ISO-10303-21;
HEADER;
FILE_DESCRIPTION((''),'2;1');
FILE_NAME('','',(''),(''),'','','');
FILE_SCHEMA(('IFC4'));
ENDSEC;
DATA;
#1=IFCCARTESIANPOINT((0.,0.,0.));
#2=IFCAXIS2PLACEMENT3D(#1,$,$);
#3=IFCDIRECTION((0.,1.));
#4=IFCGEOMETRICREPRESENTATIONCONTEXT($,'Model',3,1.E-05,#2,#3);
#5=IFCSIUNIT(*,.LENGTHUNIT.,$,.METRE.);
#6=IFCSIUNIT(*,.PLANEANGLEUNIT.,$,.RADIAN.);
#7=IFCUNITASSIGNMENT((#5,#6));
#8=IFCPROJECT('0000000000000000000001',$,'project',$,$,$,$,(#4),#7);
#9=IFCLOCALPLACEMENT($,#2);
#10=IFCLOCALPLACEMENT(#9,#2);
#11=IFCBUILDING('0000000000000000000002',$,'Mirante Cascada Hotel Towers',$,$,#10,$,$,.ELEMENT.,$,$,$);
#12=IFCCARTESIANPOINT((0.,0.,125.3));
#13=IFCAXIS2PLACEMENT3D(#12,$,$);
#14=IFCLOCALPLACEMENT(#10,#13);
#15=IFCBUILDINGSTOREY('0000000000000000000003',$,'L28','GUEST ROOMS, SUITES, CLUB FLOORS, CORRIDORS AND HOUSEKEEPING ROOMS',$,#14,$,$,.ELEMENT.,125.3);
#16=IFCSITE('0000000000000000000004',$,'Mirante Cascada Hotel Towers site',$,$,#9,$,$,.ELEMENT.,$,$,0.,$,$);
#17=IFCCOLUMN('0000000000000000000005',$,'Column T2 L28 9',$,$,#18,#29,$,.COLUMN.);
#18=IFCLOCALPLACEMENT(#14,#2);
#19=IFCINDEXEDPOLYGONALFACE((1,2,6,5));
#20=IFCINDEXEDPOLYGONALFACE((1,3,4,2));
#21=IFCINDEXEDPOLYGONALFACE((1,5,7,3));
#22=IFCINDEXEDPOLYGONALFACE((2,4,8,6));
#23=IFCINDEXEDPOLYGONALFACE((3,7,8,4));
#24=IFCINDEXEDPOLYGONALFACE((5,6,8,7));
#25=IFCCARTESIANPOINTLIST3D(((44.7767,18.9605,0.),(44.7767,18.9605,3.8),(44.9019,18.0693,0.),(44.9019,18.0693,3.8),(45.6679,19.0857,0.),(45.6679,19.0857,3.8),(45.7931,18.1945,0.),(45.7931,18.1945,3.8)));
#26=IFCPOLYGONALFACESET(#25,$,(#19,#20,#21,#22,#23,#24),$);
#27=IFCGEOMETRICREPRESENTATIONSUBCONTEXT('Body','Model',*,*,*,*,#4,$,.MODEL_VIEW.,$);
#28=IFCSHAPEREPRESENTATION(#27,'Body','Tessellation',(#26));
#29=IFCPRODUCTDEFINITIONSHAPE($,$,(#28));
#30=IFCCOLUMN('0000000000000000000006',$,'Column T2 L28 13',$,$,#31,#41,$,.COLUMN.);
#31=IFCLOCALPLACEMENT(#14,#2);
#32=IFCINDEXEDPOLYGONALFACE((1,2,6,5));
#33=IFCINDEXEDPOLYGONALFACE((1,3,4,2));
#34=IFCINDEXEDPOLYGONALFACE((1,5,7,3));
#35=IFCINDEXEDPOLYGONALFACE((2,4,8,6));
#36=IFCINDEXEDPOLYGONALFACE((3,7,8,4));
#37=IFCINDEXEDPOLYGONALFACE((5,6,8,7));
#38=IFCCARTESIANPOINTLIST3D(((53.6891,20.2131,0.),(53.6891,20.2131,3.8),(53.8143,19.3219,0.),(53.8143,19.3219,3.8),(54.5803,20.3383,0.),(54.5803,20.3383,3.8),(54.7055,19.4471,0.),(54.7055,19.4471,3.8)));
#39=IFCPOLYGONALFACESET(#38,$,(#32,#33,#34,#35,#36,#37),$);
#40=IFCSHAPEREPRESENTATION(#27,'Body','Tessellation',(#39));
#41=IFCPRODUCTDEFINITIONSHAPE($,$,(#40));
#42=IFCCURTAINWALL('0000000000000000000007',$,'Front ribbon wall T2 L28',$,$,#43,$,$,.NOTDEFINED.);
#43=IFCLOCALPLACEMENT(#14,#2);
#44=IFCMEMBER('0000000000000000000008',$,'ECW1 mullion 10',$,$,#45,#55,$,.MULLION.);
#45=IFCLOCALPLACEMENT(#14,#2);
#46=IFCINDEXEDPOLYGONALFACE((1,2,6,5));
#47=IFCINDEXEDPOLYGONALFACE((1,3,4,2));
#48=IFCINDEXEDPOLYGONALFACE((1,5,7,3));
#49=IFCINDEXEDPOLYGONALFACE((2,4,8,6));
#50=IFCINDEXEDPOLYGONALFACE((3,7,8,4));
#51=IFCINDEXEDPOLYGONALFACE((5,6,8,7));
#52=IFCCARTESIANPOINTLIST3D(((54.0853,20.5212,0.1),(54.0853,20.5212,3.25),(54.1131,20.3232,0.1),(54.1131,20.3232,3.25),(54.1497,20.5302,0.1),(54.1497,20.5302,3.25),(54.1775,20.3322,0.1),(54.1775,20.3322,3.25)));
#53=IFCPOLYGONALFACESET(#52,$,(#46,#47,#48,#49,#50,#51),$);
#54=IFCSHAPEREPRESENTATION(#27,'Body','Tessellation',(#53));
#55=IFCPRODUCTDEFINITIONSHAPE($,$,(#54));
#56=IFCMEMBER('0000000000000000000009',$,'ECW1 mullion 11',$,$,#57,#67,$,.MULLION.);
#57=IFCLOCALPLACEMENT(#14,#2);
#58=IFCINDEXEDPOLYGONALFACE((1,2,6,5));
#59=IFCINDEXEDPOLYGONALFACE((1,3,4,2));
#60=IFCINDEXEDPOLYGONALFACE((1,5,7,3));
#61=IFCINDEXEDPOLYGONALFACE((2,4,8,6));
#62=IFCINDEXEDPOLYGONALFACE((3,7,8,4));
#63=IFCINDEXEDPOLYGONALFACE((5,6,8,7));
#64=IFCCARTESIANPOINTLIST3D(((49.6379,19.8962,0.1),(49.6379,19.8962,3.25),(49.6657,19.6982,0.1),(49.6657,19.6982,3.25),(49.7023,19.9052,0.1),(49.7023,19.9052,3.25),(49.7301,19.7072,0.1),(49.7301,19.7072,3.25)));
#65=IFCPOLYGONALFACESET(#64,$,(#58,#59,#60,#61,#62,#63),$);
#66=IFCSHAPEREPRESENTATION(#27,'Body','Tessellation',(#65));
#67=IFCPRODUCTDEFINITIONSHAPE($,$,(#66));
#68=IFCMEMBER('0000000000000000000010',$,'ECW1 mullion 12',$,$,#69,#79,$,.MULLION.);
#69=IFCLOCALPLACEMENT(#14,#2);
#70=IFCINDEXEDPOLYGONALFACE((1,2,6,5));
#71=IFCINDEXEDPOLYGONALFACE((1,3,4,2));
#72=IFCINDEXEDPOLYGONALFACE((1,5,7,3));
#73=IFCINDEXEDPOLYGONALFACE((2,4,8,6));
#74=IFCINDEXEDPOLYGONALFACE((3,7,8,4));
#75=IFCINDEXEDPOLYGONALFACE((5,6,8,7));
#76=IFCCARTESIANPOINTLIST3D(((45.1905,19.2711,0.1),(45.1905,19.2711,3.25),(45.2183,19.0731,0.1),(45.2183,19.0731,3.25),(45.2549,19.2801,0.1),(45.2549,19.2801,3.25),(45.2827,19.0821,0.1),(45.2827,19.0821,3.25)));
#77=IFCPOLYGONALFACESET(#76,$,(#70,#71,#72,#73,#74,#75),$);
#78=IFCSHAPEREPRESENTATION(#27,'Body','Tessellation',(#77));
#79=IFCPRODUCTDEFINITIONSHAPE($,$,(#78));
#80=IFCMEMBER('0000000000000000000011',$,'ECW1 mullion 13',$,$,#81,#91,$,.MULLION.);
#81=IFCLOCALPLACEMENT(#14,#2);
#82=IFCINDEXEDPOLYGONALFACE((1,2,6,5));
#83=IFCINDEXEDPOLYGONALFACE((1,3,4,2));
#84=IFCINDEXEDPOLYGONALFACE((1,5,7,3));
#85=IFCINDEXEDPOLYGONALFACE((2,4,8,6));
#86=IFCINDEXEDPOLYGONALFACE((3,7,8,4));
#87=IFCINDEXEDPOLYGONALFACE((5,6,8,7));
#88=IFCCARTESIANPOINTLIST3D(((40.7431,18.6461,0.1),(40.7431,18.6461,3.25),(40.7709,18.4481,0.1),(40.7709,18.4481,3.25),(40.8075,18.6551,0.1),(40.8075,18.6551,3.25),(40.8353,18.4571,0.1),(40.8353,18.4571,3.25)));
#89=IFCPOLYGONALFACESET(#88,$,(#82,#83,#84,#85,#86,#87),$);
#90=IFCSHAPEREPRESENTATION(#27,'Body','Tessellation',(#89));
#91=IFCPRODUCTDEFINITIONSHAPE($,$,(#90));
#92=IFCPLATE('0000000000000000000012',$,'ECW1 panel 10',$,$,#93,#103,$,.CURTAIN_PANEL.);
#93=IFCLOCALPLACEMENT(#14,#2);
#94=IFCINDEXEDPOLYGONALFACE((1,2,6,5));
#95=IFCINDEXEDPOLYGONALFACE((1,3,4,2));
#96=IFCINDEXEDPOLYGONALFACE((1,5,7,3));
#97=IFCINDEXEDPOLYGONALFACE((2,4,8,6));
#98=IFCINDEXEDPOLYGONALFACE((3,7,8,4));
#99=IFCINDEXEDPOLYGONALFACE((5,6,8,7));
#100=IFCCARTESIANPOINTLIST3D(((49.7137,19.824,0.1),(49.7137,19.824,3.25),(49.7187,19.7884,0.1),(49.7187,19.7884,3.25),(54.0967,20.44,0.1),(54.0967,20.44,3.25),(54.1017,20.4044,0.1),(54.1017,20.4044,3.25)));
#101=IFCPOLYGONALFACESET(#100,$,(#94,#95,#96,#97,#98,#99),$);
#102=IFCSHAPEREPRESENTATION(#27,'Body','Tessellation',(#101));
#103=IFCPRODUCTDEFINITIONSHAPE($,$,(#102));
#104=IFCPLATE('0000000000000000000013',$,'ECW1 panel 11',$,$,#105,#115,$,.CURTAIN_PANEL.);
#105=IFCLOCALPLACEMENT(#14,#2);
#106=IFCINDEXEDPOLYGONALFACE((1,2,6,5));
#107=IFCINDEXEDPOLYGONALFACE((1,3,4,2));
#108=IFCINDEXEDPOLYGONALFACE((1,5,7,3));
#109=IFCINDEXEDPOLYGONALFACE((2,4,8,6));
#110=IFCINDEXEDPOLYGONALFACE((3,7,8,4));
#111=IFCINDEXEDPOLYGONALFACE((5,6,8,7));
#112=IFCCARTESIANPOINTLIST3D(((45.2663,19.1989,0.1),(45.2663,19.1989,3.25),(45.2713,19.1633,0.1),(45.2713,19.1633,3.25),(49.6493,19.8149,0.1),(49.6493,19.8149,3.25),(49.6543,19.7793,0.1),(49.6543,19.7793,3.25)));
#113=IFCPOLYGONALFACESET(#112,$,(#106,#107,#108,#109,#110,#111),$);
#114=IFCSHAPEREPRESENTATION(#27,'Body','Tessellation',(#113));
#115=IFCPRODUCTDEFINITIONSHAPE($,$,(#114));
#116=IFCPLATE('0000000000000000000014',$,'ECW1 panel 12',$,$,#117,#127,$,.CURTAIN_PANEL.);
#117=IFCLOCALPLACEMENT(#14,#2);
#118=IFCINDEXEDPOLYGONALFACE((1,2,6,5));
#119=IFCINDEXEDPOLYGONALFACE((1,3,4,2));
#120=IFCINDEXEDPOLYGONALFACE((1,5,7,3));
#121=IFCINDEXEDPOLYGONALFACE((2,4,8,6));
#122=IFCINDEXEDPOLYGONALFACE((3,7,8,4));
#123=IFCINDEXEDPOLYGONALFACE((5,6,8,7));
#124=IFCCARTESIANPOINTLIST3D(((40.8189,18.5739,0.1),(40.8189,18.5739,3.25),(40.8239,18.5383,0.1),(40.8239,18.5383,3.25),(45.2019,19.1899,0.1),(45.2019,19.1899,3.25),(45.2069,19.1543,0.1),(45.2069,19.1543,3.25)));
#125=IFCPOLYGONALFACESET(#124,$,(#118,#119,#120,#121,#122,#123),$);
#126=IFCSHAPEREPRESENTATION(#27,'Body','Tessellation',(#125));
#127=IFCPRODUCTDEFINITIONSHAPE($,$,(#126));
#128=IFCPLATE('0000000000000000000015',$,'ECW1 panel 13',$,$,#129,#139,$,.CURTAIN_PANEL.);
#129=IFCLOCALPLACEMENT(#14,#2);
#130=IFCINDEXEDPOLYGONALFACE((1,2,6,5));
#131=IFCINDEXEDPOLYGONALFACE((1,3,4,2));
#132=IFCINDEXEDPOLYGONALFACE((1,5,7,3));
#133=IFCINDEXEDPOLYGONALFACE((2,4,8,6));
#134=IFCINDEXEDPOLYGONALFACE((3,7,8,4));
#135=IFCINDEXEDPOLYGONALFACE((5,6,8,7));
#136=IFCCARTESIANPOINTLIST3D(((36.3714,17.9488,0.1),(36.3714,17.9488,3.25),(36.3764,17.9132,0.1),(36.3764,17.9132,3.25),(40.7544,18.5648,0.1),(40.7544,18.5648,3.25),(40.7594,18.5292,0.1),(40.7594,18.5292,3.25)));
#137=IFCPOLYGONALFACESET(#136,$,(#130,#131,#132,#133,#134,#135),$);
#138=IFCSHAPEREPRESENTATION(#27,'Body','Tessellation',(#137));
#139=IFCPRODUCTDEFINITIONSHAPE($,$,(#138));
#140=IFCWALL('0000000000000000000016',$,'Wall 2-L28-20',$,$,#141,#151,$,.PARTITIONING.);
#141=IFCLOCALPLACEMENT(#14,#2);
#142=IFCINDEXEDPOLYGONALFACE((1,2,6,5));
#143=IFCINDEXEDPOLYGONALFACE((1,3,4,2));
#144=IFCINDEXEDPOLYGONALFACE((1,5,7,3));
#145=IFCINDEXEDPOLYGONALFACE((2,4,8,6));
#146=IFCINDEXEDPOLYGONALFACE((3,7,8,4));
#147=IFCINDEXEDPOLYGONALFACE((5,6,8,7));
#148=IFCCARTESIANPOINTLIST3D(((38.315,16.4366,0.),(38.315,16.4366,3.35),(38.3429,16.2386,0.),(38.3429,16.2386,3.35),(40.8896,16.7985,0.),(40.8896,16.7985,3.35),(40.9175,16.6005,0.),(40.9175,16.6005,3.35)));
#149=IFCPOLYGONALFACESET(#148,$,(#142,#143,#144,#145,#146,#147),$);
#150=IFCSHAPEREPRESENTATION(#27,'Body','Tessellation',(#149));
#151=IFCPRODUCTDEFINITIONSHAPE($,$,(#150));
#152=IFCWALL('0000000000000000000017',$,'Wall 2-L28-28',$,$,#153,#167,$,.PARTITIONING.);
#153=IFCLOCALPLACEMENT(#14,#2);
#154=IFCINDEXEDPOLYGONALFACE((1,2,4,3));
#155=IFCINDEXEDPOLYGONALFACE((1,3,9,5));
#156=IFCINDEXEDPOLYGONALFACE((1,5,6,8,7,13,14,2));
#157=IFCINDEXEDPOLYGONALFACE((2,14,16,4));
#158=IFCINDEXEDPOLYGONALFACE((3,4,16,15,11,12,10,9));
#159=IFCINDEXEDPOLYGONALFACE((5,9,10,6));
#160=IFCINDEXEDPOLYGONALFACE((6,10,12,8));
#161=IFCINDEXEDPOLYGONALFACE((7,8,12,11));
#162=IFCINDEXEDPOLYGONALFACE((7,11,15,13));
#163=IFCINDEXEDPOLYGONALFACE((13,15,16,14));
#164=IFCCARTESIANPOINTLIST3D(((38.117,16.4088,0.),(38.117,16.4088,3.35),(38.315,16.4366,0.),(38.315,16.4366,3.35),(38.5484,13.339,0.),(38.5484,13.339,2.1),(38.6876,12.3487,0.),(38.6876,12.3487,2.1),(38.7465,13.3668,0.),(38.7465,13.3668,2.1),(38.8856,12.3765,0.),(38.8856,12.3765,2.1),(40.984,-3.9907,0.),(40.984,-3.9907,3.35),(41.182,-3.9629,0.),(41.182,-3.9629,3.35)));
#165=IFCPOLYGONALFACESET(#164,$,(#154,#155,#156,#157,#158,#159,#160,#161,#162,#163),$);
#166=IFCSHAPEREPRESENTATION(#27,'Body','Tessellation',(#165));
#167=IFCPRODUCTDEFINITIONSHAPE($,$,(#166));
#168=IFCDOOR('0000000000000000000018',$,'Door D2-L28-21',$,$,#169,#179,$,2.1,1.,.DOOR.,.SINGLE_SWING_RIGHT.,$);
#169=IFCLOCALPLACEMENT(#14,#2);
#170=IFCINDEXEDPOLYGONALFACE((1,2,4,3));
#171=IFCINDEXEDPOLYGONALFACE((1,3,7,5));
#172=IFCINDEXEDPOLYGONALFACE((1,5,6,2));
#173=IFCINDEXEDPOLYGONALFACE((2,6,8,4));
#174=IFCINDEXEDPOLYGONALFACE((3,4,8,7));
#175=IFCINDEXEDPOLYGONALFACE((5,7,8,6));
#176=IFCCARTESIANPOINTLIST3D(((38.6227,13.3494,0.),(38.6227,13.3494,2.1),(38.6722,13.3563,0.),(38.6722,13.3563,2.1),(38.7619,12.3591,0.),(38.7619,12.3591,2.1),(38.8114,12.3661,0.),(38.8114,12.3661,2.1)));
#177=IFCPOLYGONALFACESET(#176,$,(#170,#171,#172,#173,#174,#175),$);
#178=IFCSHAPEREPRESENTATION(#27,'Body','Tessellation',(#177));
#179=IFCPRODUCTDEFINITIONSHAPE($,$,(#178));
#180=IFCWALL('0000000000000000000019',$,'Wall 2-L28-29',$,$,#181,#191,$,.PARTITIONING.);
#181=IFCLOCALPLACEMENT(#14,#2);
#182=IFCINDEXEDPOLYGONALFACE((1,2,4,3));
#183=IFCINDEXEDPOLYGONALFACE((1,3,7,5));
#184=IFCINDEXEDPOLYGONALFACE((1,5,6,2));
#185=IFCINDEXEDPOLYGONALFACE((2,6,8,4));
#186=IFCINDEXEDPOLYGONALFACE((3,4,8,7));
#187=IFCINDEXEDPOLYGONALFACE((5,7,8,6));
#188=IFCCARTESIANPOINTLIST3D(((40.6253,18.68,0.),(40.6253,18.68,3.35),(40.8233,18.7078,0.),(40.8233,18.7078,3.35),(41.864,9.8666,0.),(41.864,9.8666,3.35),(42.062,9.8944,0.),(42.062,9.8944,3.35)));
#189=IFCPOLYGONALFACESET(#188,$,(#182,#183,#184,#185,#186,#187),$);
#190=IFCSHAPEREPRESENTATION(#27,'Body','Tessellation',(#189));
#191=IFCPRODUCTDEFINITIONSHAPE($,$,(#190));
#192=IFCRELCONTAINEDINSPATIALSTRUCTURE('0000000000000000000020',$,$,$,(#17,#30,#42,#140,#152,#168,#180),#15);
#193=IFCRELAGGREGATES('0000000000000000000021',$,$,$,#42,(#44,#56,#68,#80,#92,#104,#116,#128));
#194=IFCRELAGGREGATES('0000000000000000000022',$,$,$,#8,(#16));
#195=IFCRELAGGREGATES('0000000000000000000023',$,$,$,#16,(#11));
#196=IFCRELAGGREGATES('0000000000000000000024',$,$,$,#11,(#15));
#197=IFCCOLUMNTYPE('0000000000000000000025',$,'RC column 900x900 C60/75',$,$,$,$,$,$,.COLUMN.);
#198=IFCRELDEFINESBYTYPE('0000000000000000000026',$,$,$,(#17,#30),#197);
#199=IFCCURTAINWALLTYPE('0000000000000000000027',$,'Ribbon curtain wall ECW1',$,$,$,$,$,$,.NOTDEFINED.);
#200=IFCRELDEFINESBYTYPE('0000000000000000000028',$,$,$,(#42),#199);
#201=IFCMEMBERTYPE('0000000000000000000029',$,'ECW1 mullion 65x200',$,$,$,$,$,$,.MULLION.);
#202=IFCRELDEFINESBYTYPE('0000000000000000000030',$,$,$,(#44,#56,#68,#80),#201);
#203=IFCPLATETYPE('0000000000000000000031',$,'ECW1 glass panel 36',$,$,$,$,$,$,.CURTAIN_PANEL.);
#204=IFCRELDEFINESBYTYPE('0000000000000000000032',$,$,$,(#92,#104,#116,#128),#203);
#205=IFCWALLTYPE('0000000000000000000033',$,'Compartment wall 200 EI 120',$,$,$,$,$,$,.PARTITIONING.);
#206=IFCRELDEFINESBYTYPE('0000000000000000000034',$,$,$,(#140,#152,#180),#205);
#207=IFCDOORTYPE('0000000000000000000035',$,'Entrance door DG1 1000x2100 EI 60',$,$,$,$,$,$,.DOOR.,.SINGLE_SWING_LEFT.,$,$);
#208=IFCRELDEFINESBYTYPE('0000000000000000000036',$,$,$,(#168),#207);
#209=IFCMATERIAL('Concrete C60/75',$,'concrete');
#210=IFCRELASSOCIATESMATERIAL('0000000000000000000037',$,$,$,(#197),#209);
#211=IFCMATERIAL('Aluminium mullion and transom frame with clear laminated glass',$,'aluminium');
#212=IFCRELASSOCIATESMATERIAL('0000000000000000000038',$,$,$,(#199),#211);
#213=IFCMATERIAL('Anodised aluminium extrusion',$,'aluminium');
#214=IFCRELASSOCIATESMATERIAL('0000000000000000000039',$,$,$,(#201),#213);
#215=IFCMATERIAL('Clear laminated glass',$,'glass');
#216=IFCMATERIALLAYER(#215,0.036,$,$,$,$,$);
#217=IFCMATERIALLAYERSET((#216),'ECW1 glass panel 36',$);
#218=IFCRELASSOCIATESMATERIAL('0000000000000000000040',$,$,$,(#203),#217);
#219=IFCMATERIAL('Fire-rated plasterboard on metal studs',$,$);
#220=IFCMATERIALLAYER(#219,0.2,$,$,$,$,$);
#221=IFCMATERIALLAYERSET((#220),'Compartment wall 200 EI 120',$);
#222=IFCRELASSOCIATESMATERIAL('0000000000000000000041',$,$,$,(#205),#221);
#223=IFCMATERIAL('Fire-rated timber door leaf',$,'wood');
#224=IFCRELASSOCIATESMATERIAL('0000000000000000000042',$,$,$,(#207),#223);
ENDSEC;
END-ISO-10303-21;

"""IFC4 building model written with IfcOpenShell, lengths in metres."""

from ifc_helpers import new_model, si_unit, direction, frame, frame_2d, origin, origin_2d, place, context, subcontext, project, spatial, rectangle, extrude, material, layer, layer_set, material_profile, profile_set, type_object, element, fill, aggregate, save


model = new_model("IFC4")

# Units and contexts
model_context = context("Model", 3, precision=1e-05, world=origin(), true_north=direction((0.0, 1.0)))
body_context = subcontext(model_context, "Body", "Model", "MODEL_VIEW")
ifc_project = project(units=[si_unit("LENGTHUNIT", "METRE"), si_unit("PLANEANGLEUNIT", "RADIAN")], contexts=[model_context])

# Site, building, storey
site_placement = place(None, origin())
site = spatial("IfcSite", under=ifc_project, at=site_placement, Name="Mirante Cascada Hotel Towers site", CompositionType="ELEMENT", RefElevation=0.0)
building_placement = place(site_placement, origin())
building = spatial("IfcBuilding", under=site, at=building_placement, Name="Mirante Cascada Hotel Towers", CompositionType="ELEMENT")
storey_placement = place(building_placement, frame((0.0, 0.0, 125.3)))
storey = spatial("IfcBuildingStorey", under=building, at=storey_placement, Name="L28", Description="GUEST ROOMS, SUITES, CLUB FLOORS, CORRIDORS AND HOUSEKEEPING ROOMS", CompositionType="ELEMENT", Elevation=125.3)

# Columns
ifc_material_1 = material(Name="Concrete C60/75", Category="concrete")
ifc_material_profile_1 = material_profile(ifc_material_1, rectangle(XDim=0.9, YDim=0.9, at=origin_2d()), Name="RC column 900x900 C60/75")
ifc_profile_set_1 = profile_set([ifc_material_profile_1], Name="Concrete C60/75")
column_type = type_object("IfcColumnType", Name="RC column 900x900 C60/75", PredefinedType="COLUMN", material=ifc_profile_set_1)
for number, where, z_axis, x_axis, name in (
    (1, (45.2849, 18.5775, 0.0), (0.0, 0.0, 1.0), (0.990268, 0.139173, 0.0), "Column T2 L28 9"),
    (2, (54.1973, 19.8301, 0.0), (0.0, 0.0, 1.0), (0.990268, 0.139173, 0.0), "Column T2 L28 13"),
):
    element("IfcColumn", number, at=place(storey_placement, frame(where, z_axis=z_axis, x_axis=x_axis)), inside=storey, type_object=column_type, Name=name, PredefinedType="COLUMN", context=body_context, shape_type="SweptSolid", body=[
        extrude(rectangle(XDim=0.9, YDim=0.9, at=origin_2d()), origin(), (0.0, 0.0, 1.0), 3.8),
    ])

# Curtain wall, members, plates
ifc_material_2 = material(Name="Aluminium mullion and transom frame with clear laminated glass", Category="aluminium")
curtain_wall_type = type_object("IfcCurtainWallType", Name="Ribbon curtain wall ECW1", PredefinedType="NOTDEFINED", material=ifc_material_2)
curtain_wall_placement = place(storey_placement, origin())
curtain_wall = element("IfcCurtainWall", 3, at=curtain_wall_placement, inside=storey, type_object=curtain_wall_type, Name="Front ribbon wall T2 L28", PredefinedType="NOTDEFINED")
ifc_material_3 = material(Name="Anodised aluminium extrusion", Category="aluminium")
ifc_material_profile_2 = material_profile(ifc_material_3, rectangle(XDim=0.2, YDim=0.065, at=origin_2d()), Name="ECW1 MULLION 65x200")
ifc_profile_set_2 = profile_set([ifc_material_profile_2], Name="Anodised aluminium extrusion")
member_type = type_object("IfcMemberType", Name="ECW1 mullion 65x200", PredefinedType="MULLION", material=ifc_profile_set_2)
member_1_placement = place(storey_placement, frame((54.1314, 20.4267, 0.1), z_axis=(0.0, 0.0, 1.0), x_axis=(0.139173, -0.990268, 0.0)))
member_1 = element("IfcMember", 4, at=member_1_placement, type_object=member_type, Name="ECW1 mullion 10", PredefinedType="MULLION", context=body_context, shape_type="SweptSolid", body=[
    extrude(rectangle(XDim=0.2, YDim=0.065, at=origin_2d()), origin(), (0.0, 0.0, 1.0), 3.15),
])
member_2_placement = place(storey_placement, frame((49.684, 19.8017, 0.1), z_axis=(0.0, 0.0, 1.0), x_axis=(0.139173, -0.990268, 0.0)))
member_2 = element("IfcMember", 5, at=member_2_placement, type_object=member_type, Name="ECW1 mullion 11", PredefinedType="MULLION", context=body_context, shape_type="SweptSolid", body=[
    extrude(rectangle(XDim=0.2, YDim=0.065, at=origin_2d()), origin(), (0.0, 0.0, 1.0), 3.15),
])
member_3_placement = place(storey_placement, frame((45.2366, 19.1766, 0.1), z_axis=(0.0, 0.0, 1.0), x_axis=(0.139173, -0.990268, 0.0)))
member_3 = element("IfcMember", 6, at=member_3_placement, type_object=member_type, Name="ECW1 mullion 12", PredefinedType="MULLION", context=body_context, shape_type="SweptSolid", body=[
    extrude(rectangle(XDim=0.2, YDim=0.065, at=origin_2d()), origin(), (0.0, 0.0, 1.0), 3.15),
])
member_4_placement = place(storey_placement, frame((40.7892, 18.5516, 0.1), z_axis=(0.0, 0.0, 1.0), x_axis=(0.139173, -0.990268, 0.0)))
member_4 = element("IfcMember", 7, at=member_4_placement, type_object=member_type, Name="ECW1 mullion 13", PredefinedType="MULLION", context=body_context, shape_type="SweptSolid", body=[
    extrude(rectangle(XDim=0.2, YDim=0.065, at=origin_2d()), origin(), (0.0, 0.0, 1.0), 3.15),
])
ifc_material_4 = material(Name="Clear laminated glass", Category="glass")
ifc_layer_1 = layer(ifc_material_4, 0.036)
ifc_layer_set_1 = layer_set([ifc_layer_1], Name="ECW1 glass panel 36")
plate_type = type_object("IfcPlateType", Name="ECW1 glass panel 36", PredefinedType="CURTAIN_PANEL", material=ifc_layer_set_1)
plate_1_placement = place(storey_placement, frame((51.9077, 20.1142, 0.1), z_axis=(0.0, 0.0, 1.0), x_axis=(-0.990268, -0.139173, 0.0)))
plate_1 = element("IfcPlate", 8, at=plate_1_placement, type_object=plate_type, Name="ECW1 panel 10", PredefinedType="CURTAIN_PANEL", context=body_context, shape_type="SweptSolid", body=[
    extrude(rectangle(XDim=4.4261, YDim=0.036, at=origin_2d()), origin(), (0.0, 0.0, 1.0), 3.15),
])
plate_2_placement = place(storey_placement, frame((47.4603, 19.4891, 0.1), z_axis=(0.0, 0.0, 1.0), x_axis=(-0.990268, -0.139173, 0.0)))
plate_2 = element("IfcPlate", 9, at=plate_2_placement, type_object=plate_type, Name="ECW1 panel 11", PredefinedType="CURTAIN_PANEL", context=body_context, shape_type="SweptSolid", body=[
    extrude(rectangle(XDim=4.4261, YDim=0.036, at=origin_2d()), origin(), (0.0, 0.0, 1.0), 3.15),
])
plate_3_placement = place(storey_placement, frame((43.0129, 18.8641, 0.1), z_axis=(0.0, 0.0, 1.0), x_axis=(-0.990268, -0.139173, 0.0)))
plate_3 = element("IfcPlate", 10, at=plate_3_placement, type_object=plate_type, Name="ECW1 panel 12", PredefinedType="CURTAIN_PANEL", context=body_context, shape_type="SweptSolid", body=[
    extrude(rectangle(XDim=4.4261, YDim=0.036, at=origin_2d()), origin(), (0.0, 0.0, 1.0), 3.15),
])
plate_4_placement = place(storey_placement, frame((38.5654, 18.239, 0.1), z_axis=(0.0, 0.0, 1.0), x_axis=(-0.990268, -0.139173, 0.0)))
plate_4 = element("IfcPlate", 11, at=plate_4_placement, type_object=plate_type, Name="ECW1 panel 13", PredefinedType="CURTAIN_PANEL", context=body_context, shape_type="SweptSolid", body=[
    extrude(rectangle(XDim=4.4261, YDim=0.036, at=origin_2d()), origin(), (0.0, 0.0, 1.0), 3.15),
])
aggregate(curtain_wall, [member_1, member_2, member_3, member_4, plate_1, plate_2, plate_3, plate_4])

# Wall
ifc_material_5 = material(Name="Fire-rated plasterboard on metal studs")
ifc_layer_2 = layer(ifc_material_5, 0.2)
ifc_layer_set_2 = layer_set([ifc_layer_2], Name="Compartment wall 200 EI 120")
wall_type_1 = type_object("IfcWallType", Name="Compartment wall 200 EI 120", PredefinedType="PARTITIONING", material=ifc_layer_set_2)
wall_1_placement = place(storey_placement, frame((40.9036, 16.6995, 0.0), z_axis=(0.0, 0.0, 1.0), x_axis=(-0.990265, -0.139197, 0.0)))
element("IfcWall", 12, at=wall_1_placement, inside=storey, type_object=wall_type_1, Name="Wall 2-L28-20", PredefinedType="PARTITIONING", context=body_context, shape_type="SweptSolid", body=[
    extrude(rectangle(XDim=2.5999, YDim=0.2, at=frame_2d((1.3, 0.0))), origin(), (0.0, 0.0, 1.0), 3.35),
])

# Wall, opening, door
wall_2_placement = place(storey_placement, frame((38.216, 16.4227, 0.0), z_axis=(0.0, 0.0, 1.0), x_axis=(0.139175, -0.990268, 0.0)))
wall_2 = element("IfcWall", 13, at=wall_2_placement, inside=storey, type_object=wall_type_1, Name="Wall 2-L28-28", PredefinedType="PARTITIONING", context=body_context, shape_type="SweptSolid", body=[
    extrude(rectangle(XDim=20.6, YDim=0.2, at=frame_2d((10.3, 0.0))), origin(), (0.0, 0.0, 1.0), 3.35),
])
opening_1_placement = place(wall_2_placement, frame((3.1, 0.0, 0.0)))
opening_1 = element("IfcOpeningElement", 14, at=opening_1_placement, cuts=wall_2, PredefinedType="OPENING", context=body_context, shape_type="SweptSolid", body=[
    extrude(rectangle(XDim=1.0, YDim=2.1, at=frame_2d((0.5, 1.05))), frame((0.0, 0.1, 0.0), z_axis=(0.0, -1.0, 0.0), x_axis=(1.0, 0.0, 0.0)), (0.0, 0.0, 1.0), 0.2),
])
ifc_material_6 = material(Name="Fire-rated timber door leaf", Category="wood")
door_type_1 = type_object("IfcDoorType", Name="Entrance door DG1 1000x2100 EI 60", OperationType="SINGLE_SWING_LEFT", PredefinedType="DOOR", material=ifc_material_6)
door_1_placement = place(opening_1_placement, frame((1.0, 0.0, 0.0), z_axis=(0.0, 0.0, 1.0), x_axis=(-1.0, 0.0, 0.0)))
door_1 = element("IfcDoor", 15, at=door_1_placement, inside=storey, type_object=door_type_1, Name="Door D2-L28-21", OperationType="SINGLE_SWING_RIGHT", OverallHeight=2.1, OverallWidth=1.0, PredefinedType="DOOR", context=body_context, shape_type="SweptSolid", body=[
    extrude(rectangle(XDim=1.0, YDim=2.1, at=frame_2d((0.5, 1.05))), frame((0.0, 0.025, 0.0), z_axis=(0.0, -1.0, 0.0), x_axis=(1.0, 0.0, 0.0)), (0.0, 0.0, 1.0), 0.05),
])
fill(opening_1, door_1)

# Wall
wall_3_placement = place(storey_placement, frame((41.963, 9.8805, 0.0), z_axis=(0.0, 0.0, 1.0), x_axis=(-0.139179, 0.990267, 0.0)))
element("IfcWall", 16, at=wall_3_placement, inside=storey, type_object=wall_type_1, Name="Wall 2-L28-29", PredefinedType="PARTITIONING", context=body_context, shape_type="SweptSolid", body=[
    extrude(rectangle(XDim=8.9, YDim=0.2, at=frame_2d((4.45, 0.0))), origin(), (0.0, 0.0, 1.0), 3.35),
])

save(model, "model.ifc")
